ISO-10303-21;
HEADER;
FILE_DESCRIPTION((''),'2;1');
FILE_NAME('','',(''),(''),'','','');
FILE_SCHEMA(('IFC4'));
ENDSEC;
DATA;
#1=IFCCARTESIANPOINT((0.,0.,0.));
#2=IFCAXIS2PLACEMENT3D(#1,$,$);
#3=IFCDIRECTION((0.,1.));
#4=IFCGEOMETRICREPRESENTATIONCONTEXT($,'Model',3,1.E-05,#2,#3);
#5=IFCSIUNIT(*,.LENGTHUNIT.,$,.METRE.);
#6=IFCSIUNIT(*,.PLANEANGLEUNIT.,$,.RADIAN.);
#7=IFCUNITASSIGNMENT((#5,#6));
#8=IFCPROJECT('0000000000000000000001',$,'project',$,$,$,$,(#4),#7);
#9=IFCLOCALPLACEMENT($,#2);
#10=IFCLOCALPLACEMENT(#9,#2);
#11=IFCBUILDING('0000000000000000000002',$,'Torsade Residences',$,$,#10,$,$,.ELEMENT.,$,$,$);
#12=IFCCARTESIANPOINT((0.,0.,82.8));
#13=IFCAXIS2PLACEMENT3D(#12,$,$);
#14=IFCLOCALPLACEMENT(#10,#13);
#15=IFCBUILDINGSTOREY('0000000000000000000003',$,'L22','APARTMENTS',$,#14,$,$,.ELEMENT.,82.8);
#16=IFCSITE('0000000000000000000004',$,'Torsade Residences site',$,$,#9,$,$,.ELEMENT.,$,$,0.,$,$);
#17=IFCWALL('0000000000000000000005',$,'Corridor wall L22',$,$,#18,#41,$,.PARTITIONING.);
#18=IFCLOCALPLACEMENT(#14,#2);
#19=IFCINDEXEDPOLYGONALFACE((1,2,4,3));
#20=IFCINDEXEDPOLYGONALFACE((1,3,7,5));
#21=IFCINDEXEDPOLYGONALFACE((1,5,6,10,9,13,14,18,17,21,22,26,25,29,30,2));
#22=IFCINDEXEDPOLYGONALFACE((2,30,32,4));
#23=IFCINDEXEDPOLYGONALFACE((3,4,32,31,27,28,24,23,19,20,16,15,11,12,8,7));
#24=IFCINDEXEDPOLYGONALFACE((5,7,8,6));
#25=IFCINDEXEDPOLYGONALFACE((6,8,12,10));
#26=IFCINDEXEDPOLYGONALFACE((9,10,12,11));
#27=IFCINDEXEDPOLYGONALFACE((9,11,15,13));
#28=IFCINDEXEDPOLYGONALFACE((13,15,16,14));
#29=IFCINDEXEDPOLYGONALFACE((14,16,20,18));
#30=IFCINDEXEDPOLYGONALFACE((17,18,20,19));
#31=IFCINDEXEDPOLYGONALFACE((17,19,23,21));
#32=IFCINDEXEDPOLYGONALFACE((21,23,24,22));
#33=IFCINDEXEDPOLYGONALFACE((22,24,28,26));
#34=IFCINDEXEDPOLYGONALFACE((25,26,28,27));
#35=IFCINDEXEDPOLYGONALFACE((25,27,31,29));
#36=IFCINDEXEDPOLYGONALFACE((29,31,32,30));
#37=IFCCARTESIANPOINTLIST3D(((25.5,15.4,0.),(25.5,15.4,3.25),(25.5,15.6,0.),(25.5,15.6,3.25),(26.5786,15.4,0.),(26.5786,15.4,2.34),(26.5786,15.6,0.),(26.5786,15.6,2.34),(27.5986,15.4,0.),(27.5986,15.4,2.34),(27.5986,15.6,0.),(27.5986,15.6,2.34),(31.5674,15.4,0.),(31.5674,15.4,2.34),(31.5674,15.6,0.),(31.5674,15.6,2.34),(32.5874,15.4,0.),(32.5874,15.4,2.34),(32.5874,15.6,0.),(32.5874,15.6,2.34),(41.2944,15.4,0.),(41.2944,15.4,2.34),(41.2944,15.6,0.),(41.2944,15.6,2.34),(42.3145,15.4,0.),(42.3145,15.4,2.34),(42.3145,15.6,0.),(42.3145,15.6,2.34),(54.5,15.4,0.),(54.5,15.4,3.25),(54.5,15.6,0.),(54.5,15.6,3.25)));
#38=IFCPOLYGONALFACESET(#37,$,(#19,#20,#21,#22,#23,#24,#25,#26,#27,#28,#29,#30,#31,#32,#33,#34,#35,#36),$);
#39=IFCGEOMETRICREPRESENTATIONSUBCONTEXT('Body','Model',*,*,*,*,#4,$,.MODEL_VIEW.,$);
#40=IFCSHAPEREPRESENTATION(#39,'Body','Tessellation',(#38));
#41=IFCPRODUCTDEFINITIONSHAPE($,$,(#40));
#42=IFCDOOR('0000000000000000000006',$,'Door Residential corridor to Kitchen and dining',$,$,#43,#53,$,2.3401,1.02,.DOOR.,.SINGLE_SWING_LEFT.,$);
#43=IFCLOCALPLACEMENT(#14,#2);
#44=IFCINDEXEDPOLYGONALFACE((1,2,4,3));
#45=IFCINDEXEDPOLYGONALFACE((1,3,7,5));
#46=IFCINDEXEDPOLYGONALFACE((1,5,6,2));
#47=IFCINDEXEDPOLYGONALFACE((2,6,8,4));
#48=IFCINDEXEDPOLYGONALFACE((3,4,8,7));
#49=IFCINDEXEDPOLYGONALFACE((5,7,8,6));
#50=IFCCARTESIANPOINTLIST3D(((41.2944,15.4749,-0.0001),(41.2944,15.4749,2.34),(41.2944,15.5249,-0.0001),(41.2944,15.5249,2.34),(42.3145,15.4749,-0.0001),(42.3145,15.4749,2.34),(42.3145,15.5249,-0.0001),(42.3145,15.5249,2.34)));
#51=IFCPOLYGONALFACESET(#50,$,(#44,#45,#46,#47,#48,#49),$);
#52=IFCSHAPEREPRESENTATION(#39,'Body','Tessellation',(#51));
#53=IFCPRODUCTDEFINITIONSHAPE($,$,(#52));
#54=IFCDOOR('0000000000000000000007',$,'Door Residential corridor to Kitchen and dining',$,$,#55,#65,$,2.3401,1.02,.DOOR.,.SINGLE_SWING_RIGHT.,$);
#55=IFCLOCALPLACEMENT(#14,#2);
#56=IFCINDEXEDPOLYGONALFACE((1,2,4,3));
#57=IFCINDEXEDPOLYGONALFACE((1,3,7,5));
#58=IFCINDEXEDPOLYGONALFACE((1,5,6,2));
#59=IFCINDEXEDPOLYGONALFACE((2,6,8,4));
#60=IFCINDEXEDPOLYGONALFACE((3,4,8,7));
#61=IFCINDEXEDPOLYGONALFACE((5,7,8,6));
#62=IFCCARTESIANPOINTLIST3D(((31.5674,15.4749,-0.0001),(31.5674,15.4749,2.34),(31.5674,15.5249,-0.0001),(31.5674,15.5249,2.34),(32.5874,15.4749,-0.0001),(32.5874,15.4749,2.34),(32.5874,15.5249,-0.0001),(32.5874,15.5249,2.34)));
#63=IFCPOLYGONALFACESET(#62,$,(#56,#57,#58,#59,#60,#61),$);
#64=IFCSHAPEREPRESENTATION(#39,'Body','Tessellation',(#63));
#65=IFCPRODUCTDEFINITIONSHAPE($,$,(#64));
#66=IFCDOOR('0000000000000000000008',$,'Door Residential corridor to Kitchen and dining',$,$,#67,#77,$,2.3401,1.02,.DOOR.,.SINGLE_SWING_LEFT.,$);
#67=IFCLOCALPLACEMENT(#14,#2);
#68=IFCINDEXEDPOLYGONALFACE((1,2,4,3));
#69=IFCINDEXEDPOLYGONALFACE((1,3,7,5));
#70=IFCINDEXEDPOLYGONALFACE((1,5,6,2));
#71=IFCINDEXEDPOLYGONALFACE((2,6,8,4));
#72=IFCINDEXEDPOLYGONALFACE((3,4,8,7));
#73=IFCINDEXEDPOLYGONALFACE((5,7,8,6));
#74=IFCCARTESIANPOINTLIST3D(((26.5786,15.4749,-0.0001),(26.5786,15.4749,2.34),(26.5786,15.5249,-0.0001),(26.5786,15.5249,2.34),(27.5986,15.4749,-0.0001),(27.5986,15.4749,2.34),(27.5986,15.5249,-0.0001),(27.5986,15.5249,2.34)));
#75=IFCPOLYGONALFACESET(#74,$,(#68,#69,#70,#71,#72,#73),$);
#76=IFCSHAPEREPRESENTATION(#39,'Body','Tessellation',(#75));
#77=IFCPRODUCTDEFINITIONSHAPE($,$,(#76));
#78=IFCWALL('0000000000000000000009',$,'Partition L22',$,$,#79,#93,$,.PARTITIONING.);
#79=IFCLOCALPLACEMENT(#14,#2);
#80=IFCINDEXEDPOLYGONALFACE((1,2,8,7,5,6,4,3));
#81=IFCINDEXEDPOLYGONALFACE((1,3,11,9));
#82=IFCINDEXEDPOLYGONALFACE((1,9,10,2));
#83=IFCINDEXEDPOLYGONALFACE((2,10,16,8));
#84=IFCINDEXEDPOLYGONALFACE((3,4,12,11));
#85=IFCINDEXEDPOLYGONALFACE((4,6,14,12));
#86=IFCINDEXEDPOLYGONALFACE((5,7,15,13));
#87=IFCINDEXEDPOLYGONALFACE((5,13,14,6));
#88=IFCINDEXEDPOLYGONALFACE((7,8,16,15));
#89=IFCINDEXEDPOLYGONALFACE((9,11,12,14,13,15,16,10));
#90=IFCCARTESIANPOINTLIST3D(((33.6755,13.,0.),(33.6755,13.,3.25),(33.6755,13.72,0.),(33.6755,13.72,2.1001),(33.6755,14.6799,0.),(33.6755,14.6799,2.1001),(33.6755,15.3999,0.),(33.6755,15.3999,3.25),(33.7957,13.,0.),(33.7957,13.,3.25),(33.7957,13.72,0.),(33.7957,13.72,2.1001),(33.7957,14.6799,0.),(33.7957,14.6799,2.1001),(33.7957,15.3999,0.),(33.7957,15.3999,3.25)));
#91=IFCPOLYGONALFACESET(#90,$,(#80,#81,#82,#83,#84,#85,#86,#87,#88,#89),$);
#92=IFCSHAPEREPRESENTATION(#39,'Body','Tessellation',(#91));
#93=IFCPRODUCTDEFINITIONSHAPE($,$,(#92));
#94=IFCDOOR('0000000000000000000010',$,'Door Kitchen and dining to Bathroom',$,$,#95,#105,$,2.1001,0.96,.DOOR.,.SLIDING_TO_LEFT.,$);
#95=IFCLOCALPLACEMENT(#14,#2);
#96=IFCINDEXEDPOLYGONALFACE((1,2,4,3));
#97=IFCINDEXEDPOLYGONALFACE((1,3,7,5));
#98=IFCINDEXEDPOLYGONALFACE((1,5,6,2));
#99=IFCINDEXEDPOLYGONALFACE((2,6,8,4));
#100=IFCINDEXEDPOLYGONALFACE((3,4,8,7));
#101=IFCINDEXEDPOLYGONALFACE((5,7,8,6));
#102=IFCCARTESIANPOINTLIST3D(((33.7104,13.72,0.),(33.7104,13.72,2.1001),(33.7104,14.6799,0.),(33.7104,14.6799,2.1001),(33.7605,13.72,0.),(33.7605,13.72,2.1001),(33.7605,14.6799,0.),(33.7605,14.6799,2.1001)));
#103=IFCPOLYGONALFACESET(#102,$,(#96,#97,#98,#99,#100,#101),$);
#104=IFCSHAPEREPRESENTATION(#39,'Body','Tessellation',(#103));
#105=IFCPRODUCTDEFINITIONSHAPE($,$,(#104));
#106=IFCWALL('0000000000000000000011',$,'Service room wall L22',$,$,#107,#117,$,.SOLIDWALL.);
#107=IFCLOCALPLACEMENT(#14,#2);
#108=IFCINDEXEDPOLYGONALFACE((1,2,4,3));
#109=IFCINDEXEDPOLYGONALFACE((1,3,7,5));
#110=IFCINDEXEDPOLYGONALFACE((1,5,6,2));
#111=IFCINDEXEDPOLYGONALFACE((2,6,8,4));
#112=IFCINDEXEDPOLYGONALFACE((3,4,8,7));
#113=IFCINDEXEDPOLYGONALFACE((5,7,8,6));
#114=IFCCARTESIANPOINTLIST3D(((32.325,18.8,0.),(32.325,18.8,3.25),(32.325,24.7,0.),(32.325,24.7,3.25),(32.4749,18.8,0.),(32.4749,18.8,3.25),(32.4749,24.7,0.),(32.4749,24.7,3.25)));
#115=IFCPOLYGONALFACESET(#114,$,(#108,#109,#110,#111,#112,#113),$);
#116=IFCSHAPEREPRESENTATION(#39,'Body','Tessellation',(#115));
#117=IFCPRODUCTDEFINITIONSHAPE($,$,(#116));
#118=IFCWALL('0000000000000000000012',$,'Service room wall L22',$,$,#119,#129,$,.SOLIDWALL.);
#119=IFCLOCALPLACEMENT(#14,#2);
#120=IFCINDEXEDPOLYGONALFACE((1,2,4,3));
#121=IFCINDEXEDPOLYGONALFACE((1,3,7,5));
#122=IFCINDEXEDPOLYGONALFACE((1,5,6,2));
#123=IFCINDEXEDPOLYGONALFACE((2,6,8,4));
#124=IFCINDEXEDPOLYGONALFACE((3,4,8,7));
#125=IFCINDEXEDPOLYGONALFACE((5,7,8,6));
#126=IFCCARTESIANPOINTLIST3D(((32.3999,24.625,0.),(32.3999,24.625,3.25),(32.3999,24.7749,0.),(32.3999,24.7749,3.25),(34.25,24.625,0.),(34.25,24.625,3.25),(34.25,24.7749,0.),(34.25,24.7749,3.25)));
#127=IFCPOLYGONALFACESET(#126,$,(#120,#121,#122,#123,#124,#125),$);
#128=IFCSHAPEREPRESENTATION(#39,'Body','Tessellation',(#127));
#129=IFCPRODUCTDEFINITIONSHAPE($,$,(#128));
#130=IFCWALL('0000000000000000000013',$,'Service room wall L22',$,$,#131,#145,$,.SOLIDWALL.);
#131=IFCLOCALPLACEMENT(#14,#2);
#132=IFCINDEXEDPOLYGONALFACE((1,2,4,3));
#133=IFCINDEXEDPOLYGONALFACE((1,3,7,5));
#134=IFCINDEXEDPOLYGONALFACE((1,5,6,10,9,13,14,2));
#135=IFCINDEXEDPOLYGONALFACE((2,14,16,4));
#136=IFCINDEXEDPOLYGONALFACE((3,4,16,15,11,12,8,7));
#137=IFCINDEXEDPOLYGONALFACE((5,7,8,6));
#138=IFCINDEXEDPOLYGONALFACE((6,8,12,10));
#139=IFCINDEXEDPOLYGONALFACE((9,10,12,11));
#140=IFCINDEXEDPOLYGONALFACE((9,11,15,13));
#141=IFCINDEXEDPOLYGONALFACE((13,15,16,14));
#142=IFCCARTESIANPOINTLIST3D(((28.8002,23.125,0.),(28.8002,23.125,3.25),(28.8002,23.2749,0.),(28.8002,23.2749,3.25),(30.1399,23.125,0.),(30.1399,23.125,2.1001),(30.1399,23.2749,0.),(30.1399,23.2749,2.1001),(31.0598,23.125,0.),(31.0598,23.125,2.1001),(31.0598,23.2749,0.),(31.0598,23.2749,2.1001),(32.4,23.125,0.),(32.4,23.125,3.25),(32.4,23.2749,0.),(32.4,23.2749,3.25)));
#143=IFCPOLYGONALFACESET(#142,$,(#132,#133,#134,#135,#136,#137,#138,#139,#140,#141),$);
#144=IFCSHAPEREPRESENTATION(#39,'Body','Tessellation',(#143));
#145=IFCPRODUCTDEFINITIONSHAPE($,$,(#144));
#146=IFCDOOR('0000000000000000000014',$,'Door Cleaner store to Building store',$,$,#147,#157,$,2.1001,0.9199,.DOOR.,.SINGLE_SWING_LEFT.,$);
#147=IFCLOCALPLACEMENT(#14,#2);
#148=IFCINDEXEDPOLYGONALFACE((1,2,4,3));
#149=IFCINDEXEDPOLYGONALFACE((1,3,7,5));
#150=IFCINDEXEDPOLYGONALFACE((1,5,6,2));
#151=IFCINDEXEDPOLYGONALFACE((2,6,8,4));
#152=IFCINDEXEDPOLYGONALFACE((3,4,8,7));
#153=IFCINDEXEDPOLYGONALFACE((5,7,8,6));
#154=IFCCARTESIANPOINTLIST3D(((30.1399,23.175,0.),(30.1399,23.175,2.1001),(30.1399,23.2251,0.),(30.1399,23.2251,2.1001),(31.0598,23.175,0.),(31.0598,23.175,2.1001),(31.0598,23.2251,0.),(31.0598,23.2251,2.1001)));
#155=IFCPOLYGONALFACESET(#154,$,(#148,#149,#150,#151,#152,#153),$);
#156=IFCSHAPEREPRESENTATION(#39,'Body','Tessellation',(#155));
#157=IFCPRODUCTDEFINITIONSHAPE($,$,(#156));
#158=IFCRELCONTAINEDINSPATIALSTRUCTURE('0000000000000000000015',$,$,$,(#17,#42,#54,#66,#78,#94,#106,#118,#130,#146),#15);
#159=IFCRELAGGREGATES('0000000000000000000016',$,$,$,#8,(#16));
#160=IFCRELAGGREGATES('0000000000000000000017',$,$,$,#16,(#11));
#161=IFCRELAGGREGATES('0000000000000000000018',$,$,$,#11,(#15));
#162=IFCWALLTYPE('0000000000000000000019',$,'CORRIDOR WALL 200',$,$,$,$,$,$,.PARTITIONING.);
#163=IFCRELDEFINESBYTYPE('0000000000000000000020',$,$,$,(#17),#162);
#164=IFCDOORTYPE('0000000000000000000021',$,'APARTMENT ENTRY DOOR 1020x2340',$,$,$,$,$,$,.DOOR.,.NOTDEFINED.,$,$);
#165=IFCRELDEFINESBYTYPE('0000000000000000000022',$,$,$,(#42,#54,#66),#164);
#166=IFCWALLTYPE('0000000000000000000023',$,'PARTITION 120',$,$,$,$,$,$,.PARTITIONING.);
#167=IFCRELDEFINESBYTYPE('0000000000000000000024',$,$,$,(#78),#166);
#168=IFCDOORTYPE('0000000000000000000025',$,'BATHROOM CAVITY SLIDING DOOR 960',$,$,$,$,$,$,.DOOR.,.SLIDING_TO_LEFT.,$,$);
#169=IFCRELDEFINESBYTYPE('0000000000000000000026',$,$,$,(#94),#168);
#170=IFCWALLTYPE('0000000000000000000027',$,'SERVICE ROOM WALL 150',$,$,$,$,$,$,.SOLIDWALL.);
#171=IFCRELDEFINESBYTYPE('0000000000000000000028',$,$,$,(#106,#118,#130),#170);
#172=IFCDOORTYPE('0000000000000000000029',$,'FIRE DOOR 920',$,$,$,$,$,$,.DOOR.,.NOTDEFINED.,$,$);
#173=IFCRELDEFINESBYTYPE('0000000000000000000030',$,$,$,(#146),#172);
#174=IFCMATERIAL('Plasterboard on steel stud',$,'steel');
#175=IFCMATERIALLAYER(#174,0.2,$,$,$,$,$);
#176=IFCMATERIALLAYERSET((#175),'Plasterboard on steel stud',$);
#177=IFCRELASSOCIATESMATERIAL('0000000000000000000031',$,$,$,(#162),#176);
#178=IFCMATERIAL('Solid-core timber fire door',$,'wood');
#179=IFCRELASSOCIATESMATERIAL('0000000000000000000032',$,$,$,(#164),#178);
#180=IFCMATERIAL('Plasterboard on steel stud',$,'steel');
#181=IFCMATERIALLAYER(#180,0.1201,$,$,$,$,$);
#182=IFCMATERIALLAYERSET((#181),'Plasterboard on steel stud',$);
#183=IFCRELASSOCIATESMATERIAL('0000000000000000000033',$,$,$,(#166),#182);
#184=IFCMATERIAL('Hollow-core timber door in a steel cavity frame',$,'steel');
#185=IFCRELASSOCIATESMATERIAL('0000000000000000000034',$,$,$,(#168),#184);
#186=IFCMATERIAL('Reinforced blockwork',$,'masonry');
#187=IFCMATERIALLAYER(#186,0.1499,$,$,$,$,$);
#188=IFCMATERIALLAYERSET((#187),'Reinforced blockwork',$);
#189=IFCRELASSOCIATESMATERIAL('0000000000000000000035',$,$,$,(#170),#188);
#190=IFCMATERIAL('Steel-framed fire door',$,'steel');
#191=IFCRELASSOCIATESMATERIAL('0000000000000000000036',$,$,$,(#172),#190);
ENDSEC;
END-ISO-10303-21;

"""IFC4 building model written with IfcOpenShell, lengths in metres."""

from ifc_helpers import new_model, si_unit, direction, frame, frame_2d, origin, place, context, subcontext, project, spatial, rectangle, extrude, material, layer, layer_set, type_object, element, fill, save


model = new_model("IFC4")

# Units and contexts
model_context = context("Model", 3, precision=1e-05, world=origin(), true_north=direction((0.0, 1.0)))
body_context = subcontext(model_context, "Body", "Model", "MODEL_VIEW")
ifc_project = project(units=[si_unit("LENGTHUNIT", "METRE"), si_unit("PLANEANGLEUNIT", "RADIAN")], contexts=[model_context])

# Site, building, storey
site_placement = place(None, origin())
site = spatial("IfcSite", under=ifc_project, at=site_placement, Name="Torsade Residences site", CompositionType="ELEMENT", RefElevation=0.0)
building_placement = place(site_placement, origin())
building = spatial("IfcBuilding", under=site, at=building_placement, Name="Torsade Residences", CompositionType="ELEMENT")
storey_placement = place(building_placement, frame((0.0, 0.0, 82.8)))
storey = spatial("IfcBuildingStorey", under=building, at=storey_placement, Name="L22", Description="APARTMENTS", CompositionType="ELEMENT", Elevation=82.8)

# Wall, openings, doors
ifc_material_1 = material(Name="Plasterboard on steel stud", Category="steel")
ifc_layer_1 = layer(ifc_material_1, 0.2)
ifc_layer_set_1 = layer_set([ifc_layer_1], Name="Plasterboard on steel stud")
wall_type_1 = type_object("IfcWallType", Name="CORRIDOR WALL 200", PredefinedType="PARTITIONING", material=ifc_layer_set_1)
wall_1_placement = place(storey_placement, frame((25.5, 15.5, 0.0), z_axis=(0.0, 0.0, 1.0), x_axis=(1.0, 0.0, 0.0)))
wall_1 = element("IfcWall", 1, at=wall_1_placement, inside=storey, type_object=wall_type_1, Name="Corridor wall L22", PredefinedType="PARTITIONING", context=body_context, shape_type="SweptSolid", body=[
    extrude(rectangle(XDim=29.0, YDim=0.2, at=frame_2d((14.5, 0.0))), origin(), (0.0, 0.0, 1.0), 3.25),
])
opening_1_placement = place(wall_1_placement, frame((15.7944, 0.0, 0.0)))
opening_1 = element("IfcOpeningElement", 2, at=opening_1_placement, cuts=wall_1, PredefinedType="OPENING", context=body_context, shape_type="SweptSolid", body=[
    extrude(rectangle(XDim=1.02, YDim=2.3401, at=frame_2d((0.51, 1.1699))), frame((0.0, 0.1099, 0.0), z_axis=(0.0, -1.0, 0.0), x_axis=(1.0, 0.0, 0.0)), (0.0, 0.0, 1.0), 0.22),
])
opening_2_placement = place(wall_1_placement, frame((6.0674, 0.0, 0.0)))
opening_2 = element("IfcOpeningElement", 3, at=opening_2_placement, cuts=wall_1, PredefinedType="OPENING", context=body_context, shape_type="SweptSolid", body=[
    extrude(rectangle(XDim=1.02, YDim=2.3401, at=frame_2d((0.51, 1.1699))), frame((0.0, 0.1099, 0.0), z_axis=(0.0, -1.0, 0.0), x_axis=(1.0, 0.0, 0.0)), (0.0, 0.0, 1.0), 0.22),
])
opening_3_placement = place(wall_1_placement, frame((1.0786, 0.0, 0.0)))
opening_3 = element("IfcOpeningElement", 4, at=opening_3_placement, cuts=wall_1, PredefinedType="OPENING", context=body_context, shape_type="SweptSolid", body=[
    extrude(rectangle(XDim=1.02, YDim=2.3401, at=frame_2d((0.51, 1.1699))), frame((0.0, 0.1099, 0.0), z_axis=(0.0, -1.0, 0.0), x_axis=(1.0, 0.0, 0.0)), (0.0, 0.0, 1.0), 0.22),
])
ifc_material_2 = material(Name="Solid-core timber fire door", Category="wood")
door_type_1 = type_object("IfcDoorType", Name="APARTMENT ENTRY DOOR 1020x2340", OperationType="NOTDEFINED", PredefinedType="DOOR", material=ifc_material_2)
door_1_placement = place(opening_1_placement, origin())
door_1 = element("IfcDoor", 5, at=door_1_placement, inside=storey, type_object=door_type_1, Name="Door Residential corridor to Kitchen and dining", OperationType="SINGLE_SWING_LEFT", OverallHeight=2.3401, OverallWidth=1.02, PredefinedType="DOOR", context=body_context, shape_type="SweptSolid", body=[
    extrude(rectangle(XDim=1.02, YDim=2.3401, at=frame_2d((0.51, 1.1699))), frame((0.0, 0.0249, 0.0), z_axis=(0.0, -1.0, 0.0), x_axis=(1.0, 0.0, 0.0)), (0.0, 0.0, 1.0), 0.05),
])
fill(opening_1, door_1)
door_2_placement = place(opening_2_placement, origin())
door_2 = element("IfcDoor", 6, at=door_2_placement, inside=storey, type_object=door_type_1, Name="Door Residential corridor to Kitchen and dining", OperationType="SINGLE_SWING_RIGHT", OverallHeight=2.3401, OverallWidth=1.02, PredefinedType="DOOR", context=body_context, shape_type="SweptSolid", body=[
    extrude(rectangle(XDim=1.02, YDim=2.3401, at=frame_2d((0.51, 1.1699))), frame((0.0, 0.0249, 0.0), z_axis=(0.0, -1.0, 0.0), x_axis=(1.0, 0.0, 0.0)), (0.0, 0.0, 1.0), 0.05),
])
fill(opening_2, door_2)
door_3_placement = place(opening_3_placement, origin())
door_3 = element("IfcDoor", 7, at=door_3_placement, inside=storey, type_object=door_type_1, Name="Door Residential corridor to Kitchen and dining", OperationType="SINGLE_SWING_LEFT", OverallHeight=2.3401, OverallWidth=1.02, PredefinedType="DOOR", context=body_context, shape_type="SweptSolid", body=[
    extrude(rectangle(XDim=1.02, YDim=2.3401, at=frame_2d((0.51, 1.1699))), frame((0.0, 0.0249, 0.0), z_axis=(0.0, -1.0, 0.0), x_axis=(1.0, 0.0, 0.0)), (0.0, 0.0, 1.0), 0.05),
])
fill(opening_3, door_3)

# Wall, opening, door
ifc_material_3 = material(Name="Plasterboard on steel stud", Category="steel")
ifc_layer_2 = layer(ifc_material_3, 0.1201)
ifc_layer_set_2 = layer_set([ifc_layer_2], Name="Plasterboard on steel stud")
wall_type_2 = type_object("IfcWallType", Name="PARTITION 120", PredefinedType="PARTITIONING", material=ifc_layer_set_2)
wall_2_placement = place(storey_placement, frame((33.7356, 15.3999, 0.0), z_axis=(0.0, 0.0, 1.0), x_axis=(0.0, -1.0, 0.0)))
wall_2 = element("IfcWall", 8, at=wall_2_placement, inside=storey, type_object=wall_type_2, Name="Partition L22", PredefinedType="PARTITIONING", context=body_context, shape_type="SweptSolid", body=[
    extrude(rectangle(XDim=2.3999, YDim=0.1201, at=frame_2d((1.2, 0.0))), origin(), (0.0, 0.0, 1.0), 3.25),
])
opening_4_placement = place(wall_2_placement, frame((0.72, 0.0, 0.0)))
opening_4 = element("IfcOpeningElement", 9, at=opening_4_placement, cuts=wall_2, PredefinedType="OPENING", context=body_context, shape_type="SweptSolid", body=[
    extrude(rectangle(XDim=0.96, YDim=2.1001, at=frame_2d((0.48, 1.05))), frame((0.0, 0.0701, 0.0), z_axis=(0.0, -1.0, 0.0), x_axis=(1.0, 0.0, 0.0)), (0.0, 0.0, 1.0), 0.1401),
])
ifc_material_4 = material(Name="Hollow-core timber door in a steel cavity frame", Category="steel")
door_type_2 = type_object("IfcDoorType", Name="BATHROOM CAVITY SLIDING DOOR 960", OperationType="SLIDING_TO_LEFT", PredefinedType="DOOR", material=ifc_material_4)
door_4_placement = place(opening_4_placement, origin())
door_4 = element("IfcDoor", 10, at=door_4_placement, inside=storey, type_object=door_type_2, Name="Door Kitchen and dining to Bathroom", OperationType="SLIDING_TO_LEFT", OverallHeight=2.1001, OverallWidth=0.96, PredefinedType="DOOR", context=body_context, shape_type="SweptSolid", body=[
    extrude(rectangle(XDim=0.96, YDim=2.1001, at=frame_2d((0.48, 1.05))), frame((0.0, 0.0249, 0.0), z_axis=(0.0, -1.0, 0.0), x_axis=(1.0, 0.0, 0.0)), (0.0, 0.0, 1.0), 0.05),
])
fill(opening_4, door_4)

# Walls
ifc_material_5 = material(Name="Reinforced blockwork", Category="masonry")
ifc_layer_3 = layer(ifc_material_5, 0.1499)
ifc_layer_set_3 = layer_set([ifc_layer_3], Name="Reinforced blockwork")
wall_type_3 = type_object("IfcWallType", Name="SERVICE ROOM WALL 150", PredefinedType="SOLIDWALL", material=ifc_layer_set_3)
wall_3_placement = place(storey_placement, frame((32.3999, 18.8, 0.0), z_axis=(0.0, 0.0, 1.0), x_axis=(0.0, 1.0, 0.0)))
element("IfcWall", 11, at=wall_3_placement, inside=storey, type_object=wall_type_3, Name="Service room wall L22", PredefinedType="SOLIDWALL", context=body_context, shape_type="SweptSolid", body=[
    extrude(rectangle(XDim=5.8999, YDim=0.1499, at=frame_2d((2.95, 0.0))), origin(), (0.0, 0.0, 1.0), 3.25),
])
wall_4_placement = place(storey_placement, frame((32.3999, 24.7, 0.0), z_axis=(0.0, 0.0, 1.0), x_axis=(1.0, 0.0, 0.0)))
element("IfcWall", 12, at=wall_4_placement, inside=storey, type_object=wall_type_3, Name="Service room wall L22", PredefinedType="SOLIDWALL", context=body_context, shape_type="SweptSolid", body=[
    extrude(rectangle(XDim=1.8501, YDim=0.1499, at=frame_2d((0.925, 0.0))), origin(), (0.0, 0.0, 1.0), 3.25),
])

# Wall, opening, door
wall_5_placement = place(storey_placement, frame((32.3999, 23.2, 0.0), z_axis=(0.0, 0.0, 1.0), x_axis=(-1.0, 0.0, 0.0)))
wall_5 = element("IfcWall", 13, at=wall_5_placement, inside=storey, type_object=wall_type_3, Name="Service room wall L22", PredefinedType="SOLIDWALL", context=body_context, shape_type="SweptSolid", body=[
    extrude(rectangle(XDim=3.5999, YDim=0.1499, at=frame_2d((1.7998, 0.0))), origin(), (0.0, 0.0, 1.0), 3.25),
])
opening_5_placement = place(wall_5_placement, frame((1.3401, 0.0, 0.0)))
opening_5 = element("IfcOpeningElement", 14, at=opening_5_placement, cuts=wall_5, PredefinedType="OPENING", context=body_context, shape_type="SweptSolid", body=[
    extrude(rectangle(XDim=0.9199, YDim=2.1001, at=frame_2d((0.46, 1.05))), frame((0.0, 0.085, 0.0), z_axis=(0.0, -1.0, 0.0), x_axis=(1.0, 0.0, 0.0)), (0.0, 0.0, 1.0), 0.1699),
])
ifc_material_6 = material(Name="Steel-framed fire door", Category="steel")
door_type_3 = type_object("IfcDoorType", Name="FIRE DOOR 920", OperationType="NOTDEFINED", PredefinedType="DOOR", material=ifc_material_6)
door_5_placement = place(opening_5_placement, origin())
door_5 = element("IfcDoor", 15, at=door_5_placement, inside=storey, type_object=door_type_3, Name="Door Cleaner store to Building store", OperationType="SINGLE_SWING_LEFT", OverallHeight=2.1001, OverallWidth=0.9199, PredefinedType="DOOR", context=body_context, shape_type="SweptSolid", body=[
    extrude(rectangle(XDim=0.9199, YDim=2.1001, at=frame_2d((0.46, 1.05))), frame((0.0, 0.0249, 0.0), z_axis=(0.0, -1.0, 0.0), x_axis=(1.0, 0.0, 0.0)), (0.0, 0.0, 1.0), 0.05),
])
fill(opening_5, door_5)

save(model, "model.ifc")
